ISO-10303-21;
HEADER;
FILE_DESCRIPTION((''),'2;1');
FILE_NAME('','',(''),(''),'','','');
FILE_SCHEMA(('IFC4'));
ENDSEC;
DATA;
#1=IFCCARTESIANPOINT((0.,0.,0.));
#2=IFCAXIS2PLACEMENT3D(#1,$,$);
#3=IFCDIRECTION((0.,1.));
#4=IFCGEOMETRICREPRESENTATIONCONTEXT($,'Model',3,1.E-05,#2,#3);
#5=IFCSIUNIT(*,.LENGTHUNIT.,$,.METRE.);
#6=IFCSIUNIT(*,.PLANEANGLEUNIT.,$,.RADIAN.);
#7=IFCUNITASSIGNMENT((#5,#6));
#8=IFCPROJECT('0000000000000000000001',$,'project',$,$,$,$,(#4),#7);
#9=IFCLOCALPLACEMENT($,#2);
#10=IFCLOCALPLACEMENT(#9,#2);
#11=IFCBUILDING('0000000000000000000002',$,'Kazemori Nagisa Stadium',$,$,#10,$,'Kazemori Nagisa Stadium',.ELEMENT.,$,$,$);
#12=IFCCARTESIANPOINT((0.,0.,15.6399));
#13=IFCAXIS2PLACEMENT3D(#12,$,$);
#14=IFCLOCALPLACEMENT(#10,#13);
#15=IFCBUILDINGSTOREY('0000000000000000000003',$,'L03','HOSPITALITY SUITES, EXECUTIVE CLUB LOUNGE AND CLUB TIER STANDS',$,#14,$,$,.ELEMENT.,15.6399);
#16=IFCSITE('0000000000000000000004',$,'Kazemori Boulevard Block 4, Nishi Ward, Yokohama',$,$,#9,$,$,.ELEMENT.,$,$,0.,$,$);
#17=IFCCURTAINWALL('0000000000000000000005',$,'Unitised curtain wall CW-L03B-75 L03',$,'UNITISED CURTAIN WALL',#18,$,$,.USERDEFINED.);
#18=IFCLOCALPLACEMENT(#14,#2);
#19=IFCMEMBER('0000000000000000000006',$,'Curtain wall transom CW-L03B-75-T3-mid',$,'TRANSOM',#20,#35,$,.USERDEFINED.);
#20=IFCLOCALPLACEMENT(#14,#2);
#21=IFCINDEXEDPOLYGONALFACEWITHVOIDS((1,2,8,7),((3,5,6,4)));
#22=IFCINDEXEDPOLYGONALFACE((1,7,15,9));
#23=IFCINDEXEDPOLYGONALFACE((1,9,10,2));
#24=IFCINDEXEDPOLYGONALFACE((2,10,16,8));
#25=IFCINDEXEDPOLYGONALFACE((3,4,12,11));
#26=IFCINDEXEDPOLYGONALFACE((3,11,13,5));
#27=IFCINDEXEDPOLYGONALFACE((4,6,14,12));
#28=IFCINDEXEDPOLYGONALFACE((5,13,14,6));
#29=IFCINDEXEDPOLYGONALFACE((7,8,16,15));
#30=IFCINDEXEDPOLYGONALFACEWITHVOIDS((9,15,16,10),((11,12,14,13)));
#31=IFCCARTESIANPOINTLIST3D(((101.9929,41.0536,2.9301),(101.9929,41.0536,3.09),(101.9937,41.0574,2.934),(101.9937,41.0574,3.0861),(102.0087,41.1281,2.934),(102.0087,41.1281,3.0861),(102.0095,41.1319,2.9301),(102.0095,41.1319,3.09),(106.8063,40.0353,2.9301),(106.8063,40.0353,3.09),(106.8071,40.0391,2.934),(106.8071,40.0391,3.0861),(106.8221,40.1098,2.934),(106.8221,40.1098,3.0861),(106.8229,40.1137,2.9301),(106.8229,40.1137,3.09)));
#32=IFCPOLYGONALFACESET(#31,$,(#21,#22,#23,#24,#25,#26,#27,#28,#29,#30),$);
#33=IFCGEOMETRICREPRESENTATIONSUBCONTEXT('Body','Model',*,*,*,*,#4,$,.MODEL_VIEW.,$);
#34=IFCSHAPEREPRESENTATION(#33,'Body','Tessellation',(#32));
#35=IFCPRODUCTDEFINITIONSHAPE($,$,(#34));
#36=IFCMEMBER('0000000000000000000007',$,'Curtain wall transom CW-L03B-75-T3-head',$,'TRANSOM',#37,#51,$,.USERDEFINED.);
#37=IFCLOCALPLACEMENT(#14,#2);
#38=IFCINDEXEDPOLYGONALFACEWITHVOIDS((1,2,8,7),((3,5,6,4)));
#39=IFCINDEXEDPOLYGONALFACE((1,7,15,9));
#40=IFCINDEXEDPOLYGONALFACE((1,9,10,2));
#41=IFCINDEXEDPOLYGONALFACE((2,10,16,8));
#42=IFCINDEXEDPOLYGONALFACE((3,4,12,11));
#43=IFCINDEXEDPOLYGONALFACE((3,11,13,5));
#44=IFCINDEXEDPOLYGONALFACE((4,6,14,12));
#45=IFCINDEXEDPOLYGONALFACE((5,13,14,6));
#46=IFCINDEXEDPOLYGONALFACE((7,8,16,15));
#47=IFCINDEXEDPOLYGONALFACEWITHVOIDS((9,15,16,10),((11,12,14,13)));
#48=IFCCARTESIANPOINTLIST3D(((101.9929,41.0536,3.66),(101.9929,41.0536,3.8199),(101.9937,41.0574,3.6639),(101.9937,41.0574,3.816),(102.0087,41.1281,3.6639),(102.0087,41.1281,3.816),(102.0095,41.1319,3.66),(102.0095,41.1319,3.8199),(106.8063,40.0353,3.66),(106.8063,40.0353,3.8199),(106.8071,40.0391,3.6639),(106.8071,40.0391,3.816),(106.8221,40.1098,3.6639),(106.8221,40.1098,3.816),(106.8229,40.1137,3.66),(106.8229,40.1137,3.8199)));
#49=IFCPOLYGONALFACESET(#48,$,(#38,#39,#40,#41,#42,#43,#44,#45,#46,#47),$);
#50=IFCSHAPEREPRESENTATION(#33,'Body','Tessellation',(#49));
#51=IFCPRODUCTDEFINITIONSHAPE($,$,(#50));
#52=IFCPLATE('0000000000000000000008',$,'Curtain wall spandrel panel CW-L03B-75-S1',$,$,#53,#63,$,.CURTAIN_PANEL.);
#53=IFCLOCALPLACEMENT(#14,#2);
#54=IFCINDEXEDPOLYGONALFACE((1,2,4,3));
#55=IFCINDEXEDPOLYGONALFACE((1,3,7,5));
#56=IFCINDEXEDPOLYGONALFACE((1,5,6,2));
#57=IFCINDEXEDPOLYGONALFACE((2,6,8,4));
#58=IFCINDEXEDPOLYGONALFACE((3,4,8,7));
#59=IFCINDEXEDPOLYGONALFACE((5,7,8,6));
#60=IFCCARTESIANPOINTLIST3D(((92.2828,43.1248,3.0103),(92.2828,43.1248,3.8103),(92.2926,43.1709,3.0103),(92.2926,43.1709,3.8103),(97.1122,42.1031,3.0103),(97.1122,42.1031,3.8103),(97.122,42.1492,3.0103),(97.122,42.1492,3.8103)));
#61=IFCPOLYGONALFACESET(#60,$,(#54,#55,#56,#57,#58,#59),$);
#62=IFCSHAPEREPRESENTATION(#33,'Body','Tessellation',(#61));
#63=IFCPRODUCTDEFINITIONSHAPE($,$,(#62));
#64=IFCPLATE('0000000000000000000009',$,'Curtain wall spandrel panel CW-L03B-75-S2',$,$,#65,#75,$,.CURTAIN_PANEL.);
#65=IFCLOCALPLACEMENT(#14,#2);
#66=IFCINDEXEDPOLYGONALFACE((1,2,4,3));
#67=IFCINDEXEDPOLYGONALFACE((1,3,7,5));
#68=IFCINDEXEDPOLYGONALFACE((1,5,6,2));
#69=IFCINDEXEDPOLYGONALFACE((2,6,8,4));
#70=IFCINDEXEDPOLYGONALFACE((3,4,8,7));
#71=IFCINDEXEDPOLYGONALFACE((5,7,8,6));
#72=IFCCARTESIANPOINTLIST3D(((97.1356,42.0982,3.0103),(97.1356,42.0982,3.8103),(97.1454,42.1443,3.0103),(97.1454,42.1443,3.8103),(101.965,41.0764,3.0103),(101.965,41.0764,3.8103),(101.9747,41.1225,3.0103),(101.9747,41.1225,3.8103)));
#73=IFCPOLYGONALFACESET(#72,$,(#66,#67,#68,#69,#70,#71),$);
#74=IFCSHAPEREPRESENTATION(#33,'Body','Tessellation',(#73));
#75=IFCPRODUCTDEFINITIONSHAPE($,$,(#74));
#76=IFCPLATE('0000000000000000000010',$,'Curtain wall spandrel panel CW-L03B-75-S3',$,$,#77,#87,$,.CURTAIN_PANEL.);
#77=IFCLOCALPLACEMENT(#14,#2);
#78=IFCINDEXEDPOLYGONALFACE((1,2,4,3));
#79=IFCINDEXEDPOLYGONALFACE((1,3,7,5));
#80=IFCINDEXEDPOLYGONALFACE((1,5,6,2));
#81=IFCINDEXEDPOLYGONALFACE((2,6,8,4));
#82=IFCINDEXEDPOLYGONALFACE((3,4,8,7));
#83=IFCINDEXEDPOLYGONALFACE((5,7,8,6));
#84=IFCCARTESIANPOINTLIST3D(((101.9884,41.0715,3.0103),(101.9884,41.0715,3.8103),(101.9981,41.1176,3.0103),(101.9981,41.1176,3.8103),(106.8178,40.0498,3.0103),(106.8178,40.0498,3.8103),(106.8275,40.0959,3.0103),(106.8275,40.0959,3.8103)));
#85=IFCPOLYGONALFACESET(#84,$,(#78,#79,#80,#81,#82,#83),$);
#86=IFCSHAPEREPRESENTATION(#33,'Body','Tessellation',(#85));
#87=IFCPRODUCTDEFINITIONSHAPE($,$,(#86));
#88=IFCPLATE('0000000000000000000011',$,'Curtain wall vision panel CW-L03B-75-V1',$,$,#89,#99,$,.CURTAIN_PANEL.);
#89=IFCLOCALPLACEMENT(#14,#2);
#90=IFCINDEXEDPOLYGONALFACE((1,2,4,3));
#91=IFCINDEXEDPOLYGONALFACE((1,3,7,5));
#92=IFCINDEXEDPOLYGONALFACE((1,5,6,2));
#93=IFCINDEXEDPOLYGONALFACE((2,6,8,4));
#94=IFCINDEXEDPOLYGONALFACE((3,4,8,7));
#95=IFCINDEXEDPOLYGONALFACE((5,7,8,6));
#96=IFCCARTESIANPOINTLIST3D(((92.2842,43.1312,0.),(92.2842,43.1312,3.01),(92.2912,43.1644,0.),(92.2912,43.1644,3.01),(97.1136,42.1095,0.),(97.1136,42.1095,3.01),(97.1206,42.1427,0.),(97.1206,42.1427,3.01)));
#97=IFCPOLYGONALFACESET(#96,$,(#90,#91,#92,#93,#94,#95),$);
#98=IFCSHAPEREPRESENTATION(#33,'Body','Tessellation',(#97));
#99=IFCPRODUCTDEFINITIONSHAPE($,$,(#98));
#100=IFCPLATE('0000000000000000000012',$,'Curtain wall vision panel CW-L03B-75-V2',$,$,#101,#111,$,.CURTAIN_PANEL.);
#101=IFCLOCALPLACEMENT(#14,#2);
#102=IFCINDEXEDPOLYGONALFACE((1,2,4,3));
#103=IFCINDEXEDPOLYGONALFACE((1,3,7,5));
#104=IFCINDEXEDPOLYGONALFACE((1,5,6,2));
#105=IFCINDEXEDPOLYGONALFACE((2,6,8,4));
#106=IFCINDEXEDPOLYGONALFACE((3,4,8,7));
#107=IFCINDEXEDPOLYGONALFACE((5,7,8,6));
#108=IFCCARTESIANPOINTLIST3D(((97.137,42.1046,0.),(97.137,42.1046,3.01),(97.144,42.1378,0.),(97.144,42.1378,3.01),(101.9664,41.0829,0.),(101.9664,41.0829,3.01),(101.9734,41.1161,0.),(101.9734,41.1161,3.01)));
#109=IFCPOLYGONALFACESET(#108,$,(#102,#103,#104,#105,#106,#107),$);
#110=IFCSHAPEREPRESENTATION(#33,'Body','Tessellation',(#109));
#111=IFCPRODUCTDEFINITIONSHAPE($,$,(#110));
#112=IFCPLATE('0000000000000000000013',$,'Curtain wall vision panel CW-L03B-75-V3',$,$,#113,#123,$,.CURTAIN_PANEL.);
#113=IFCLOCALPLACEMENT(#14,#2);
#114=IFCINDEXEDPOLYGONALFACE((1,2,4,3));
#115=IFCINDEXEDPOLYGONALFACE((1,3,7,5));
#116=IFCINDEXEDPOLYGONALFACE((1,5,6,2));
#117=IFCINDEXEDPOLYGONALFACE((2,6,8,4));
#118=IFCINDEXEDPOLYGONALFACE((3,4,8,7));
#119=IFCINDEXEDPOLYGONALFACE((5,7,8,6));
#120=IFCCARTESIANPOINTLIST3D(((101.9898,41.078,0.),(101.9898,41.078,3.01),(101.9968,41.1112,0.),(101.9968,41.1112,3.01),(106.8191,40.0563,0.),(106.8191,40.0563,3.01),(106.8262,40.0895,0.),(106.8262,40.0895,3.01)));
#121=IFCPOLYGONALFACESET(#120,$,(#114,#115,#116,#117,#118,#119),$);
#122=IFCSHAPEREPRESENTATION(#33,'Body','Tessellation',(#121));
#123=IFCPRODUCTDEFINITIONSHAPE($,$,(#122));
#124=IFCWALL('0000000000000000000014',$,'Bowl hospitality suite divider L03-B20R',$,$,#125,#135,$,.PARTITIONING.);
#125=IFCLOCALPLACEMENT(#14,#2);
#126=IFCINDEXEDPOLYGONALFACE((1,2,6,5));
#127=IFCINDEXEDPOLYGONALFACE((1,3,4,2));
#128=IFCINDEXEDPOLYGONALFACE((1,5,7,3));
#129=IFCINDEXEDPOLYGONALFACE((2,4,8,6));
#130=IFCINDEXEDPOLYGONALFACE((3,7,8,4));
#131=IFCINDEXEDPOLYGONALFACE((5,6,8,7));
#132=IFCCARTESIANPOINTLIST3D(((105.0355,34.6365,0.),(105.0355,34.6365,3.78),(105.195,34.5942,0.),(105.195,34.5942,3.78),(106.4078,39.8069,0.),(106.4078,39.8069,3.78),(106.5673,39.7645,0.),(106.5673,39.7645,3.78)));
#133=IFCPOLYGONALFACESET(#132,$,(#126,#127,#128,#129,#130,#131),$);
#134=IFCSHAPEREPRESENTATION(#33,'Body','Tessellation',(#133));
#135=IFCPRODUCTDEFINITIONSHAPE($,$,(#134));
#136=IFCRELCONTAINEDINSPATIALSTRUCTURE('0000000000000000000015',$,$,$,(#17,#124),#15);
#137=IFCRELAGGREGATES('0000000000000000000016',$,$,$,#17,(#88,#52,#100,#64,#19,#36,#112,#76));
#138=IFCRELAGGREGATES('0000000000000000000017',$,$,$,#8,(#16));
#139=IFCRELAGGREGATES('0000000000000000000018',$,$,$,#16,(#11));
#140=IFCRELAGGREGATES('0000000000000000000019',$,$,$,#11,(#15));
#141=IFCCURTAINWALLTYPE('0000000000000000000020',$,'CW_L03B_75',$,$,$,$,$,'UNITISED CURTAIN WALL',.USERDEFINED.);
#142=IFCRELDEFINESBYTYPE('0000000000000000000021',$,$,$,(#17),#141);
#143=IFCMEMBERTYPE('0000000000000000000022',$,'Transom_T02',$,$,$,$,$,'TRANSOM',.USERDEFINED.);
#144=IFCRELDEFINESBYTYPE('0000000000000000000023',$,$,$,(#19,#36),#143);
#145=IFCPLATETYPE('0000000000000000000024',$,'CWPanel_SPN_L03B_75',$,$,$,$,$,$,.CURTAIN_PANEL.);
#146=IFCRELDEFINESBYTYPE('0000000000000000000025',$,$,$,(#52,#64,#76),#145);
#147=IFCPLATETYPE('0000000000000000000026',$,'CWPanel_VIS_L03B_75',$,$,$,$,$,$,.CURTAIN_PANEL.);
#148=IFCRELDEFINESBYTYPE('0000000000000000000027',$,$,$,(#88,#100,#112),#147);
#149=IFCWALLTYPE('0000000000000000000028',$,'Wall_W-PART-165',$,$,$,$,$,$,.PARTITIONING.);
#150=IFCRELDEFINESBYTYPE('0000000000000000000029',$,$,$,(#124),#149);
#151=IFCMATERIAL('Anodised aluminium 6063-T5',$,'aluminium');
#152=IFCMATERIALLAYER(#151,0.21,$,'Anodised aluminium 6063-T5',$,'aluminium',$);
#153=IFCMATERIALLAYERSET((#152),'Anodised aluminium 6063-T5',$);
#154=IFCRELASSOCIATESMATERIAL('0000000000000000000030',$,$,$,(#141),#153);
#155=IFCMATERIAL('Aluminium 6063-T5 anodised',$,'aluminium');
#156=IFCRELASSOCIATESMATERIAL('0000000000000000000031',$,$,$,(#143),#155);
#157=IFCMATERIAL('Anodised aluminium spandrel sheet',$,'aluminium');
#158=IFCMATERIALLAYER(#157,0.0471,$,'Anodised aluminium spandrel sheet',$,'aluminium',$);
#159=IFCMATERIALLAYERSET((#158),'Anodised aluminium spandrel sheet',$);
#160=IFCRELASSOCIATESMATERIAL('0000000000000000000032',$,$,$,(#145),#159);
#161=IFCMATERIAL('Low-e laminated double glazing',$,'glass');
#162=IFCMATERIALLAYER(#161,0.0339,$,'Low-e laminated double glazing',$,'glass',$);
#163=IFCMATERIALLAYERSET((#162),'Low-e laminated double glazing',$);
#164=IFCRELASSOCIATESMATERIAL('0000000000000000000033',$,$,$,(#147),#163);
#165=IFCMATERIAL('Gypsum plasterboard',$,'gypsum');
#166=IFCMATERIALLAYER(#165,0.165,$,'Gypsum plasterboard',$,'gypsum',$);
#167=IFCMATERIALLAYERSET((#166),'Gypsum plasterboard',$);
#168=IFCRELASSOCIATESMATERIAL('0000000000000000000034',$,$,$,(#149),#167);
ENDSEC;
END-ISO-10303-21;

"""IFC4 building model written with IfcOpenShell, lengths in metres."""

from ifc_helpers import new_model, si_unit, direction, frame, frame_2d, origin, origin_2d, place, context, subcontext, project, spatial, rectangle, hollow_rectangle, extrude, material, layer, layer_set, material_profile, profile_set, type_object, element, aggregate, save


model = new_model("IFC4")

# Units and contexts
model_context = context("Model", 3, precision=1e-05, world=origin(), true_north=direction((0.0, 1.0)))
body_context = subcontext(model_context, "Body", "Model", "MODEL_VIEW")
ifc_project = project(units=[si_unit("LENGTHUNIT", "METRE"), si_unit("PLANEANGLEUNIT", "RADIAN")], contexts=[model_context])

# Site, building, storey
site_placement = place(None, origin())
site = spatial("IfcSite", under=ifc_project, at=site_placement, Name="Kazemori Boulevard Block 4, Nishi Ward, Yokohama", CompositionType="ELEMENT", RefElevation=0.0)
building_placement = place(site_placement, origin())
building = spatial("IfcBuilding", under=site, at=building_placement, Name="Kazemori Nagisa Stadium", LongName="Kazemori Nagisa Stadium", CompositionType="ELEMENT")
storey_placement = place(building_placement, frame((0.0, 0.0, 15.6399)))
storey = spatial("IfcBuildingStorey", under=building, at=storey_placement, Name="L03", Description="HOSPITALITY SUITES, EXECUTIVE CLUB LOUNGE AND CLUB TIER STANDS", CompositionType="ELEMENT", Elevation=15.6399)

# Shared definitions
ifc_material_1 = material(Name="Anodised aluminium 6063-T5", Category="aluminium")
ifc_layer_1 = layer(ifc_material_1, 0.21, Name="Anodised aluminium 6063-T5", Category="aluminium")
ifc_layer_set_1 = layer_set([ifc_layer_1], Name="Anodised aluminium 6063-T5")
curtain_wall_type = type_object("IfcCurtainWallType", Name="CW_L03B_75", ElementType="UNITISED CURTAIN WALL", PredefinedType="USERDEFINED", material=ifc_layer_set_1)
ifc_material_2 = material(Name="Aluminium 6063-T5 anodised", Category="aluminium")

# Curtain wall, members, plates
curtain_wall_1_placement = place(storey_placement, origin())
curtain_wall_1 = element("IfcCurtainWall", 1, at=curtain_wall_1_placement, inside=storey, type_object=curtain_wall_type, Name="Unitised curtain wall CW-L03B-75 L03", ObjectType="UNITISED CURTAIN WALL", PredefinedType="USERDEFINED")
ifc_material_profile_1 = material_profile(ifc_material_2, hollow_rectangle(XDim=0.0801, YDim=0.1599, WallThickness=0.0039, at=origin_2d()), Name="ALU-TRAN-80x160x4")
ifc_profile_set_1 = profile_set([ifc_material_profile_1], Name="Aluminium 6063-T5 anodised")
member_type_1 = type_object("IfcMemberType", Name="Transom_T02", ElementType="TRANSOM", PredefinedType="USERDEFINED", material=ifc_profile_set_1)
member_1_placement = place(storey_placement, frame((102.0012, 41.0928, 3.01), z_axis=(0.978347, -0.206973, 0.0), x_axis=(0.206973, 0.978347, 0.0)))
member_1 = element("IfcMember", 2, at=member_1_placement, type_object=member_type_1, Name="Curtain wall transom CW-L03B-75-T3-mid", ObjectType="TRANSOM", PredefinedType="USERDEFINED", context=body_context, shape_type="SweptSolid", body=[
    extrude(hollow_rectangle(XDim=0.0801, YDim=0.1599, WallThickness=0.0039, at=origin_2d()), origin(), (0.0, 0.0, 1.0), 4.9199),
])
member_2_placement = place(storey_placement, frame((102.0012, 41.0928, 3.74), z_axis=(0.978347, -0.206973, 0.0), x_axis=(0.206973, 0.978347, 0.0)))
member_2 = element("IfcMember", 3, at=member_2_placement, type_object=member_type_1, Name="Curtain wall transom CW-L03B-75-T3-head", ObjectType="TRANSOM", PredefinedType="USERDEFINED", context=body_context, shape_type="SweptSolid", body=[
    extrude(hollow_rectangle(XDim=0.0801, YDim=0.1599, WallThickness=0.0039, at=origin_2d()), origin(), (0.0, 0.0, 1.0), 4.9199),
])
ifc_material_3 = material(Name="Anodised aluminium spandrel sheet", Category="aluminium")
ifc_layer_2 = layer(ifc_material_3, 0.0471, Name="Anodised aluminium spandrel sheet", Category="aluminium")
ifc_layer_set_2 = layer_set([ifc_layer_2], Name="Anodised aluminium spandrel sheet")
plate_type_1 = type_object("IfcPlateType", Name="CWPanel_SPN_L03B_75", PredefinedType="CURTAIN_PANEL", material=ifc_layer_set_2)
plate_1_placement = place(storey_placement, frame((94.7024, 42.637, 3.0103), z_axis=(0.0, 0.0, 1.0), x_axis=(0.978345, -0.206981, 0.0)))
plate_1 = element("IfcPlate", 4, at=plate_1_placement, type_object=plate_type_1, Name="Curtain wall spandrel panel CW-L03B-75-S1", PredefinedType="CURTAIN_PANEL", context=body_context, shape_type="SweptSolid", body=[
    extrude(rectangle(XDim=4.9363, YDim=0.0471, at=origin_2d()), origin(), (0.0, 0.0, 1.0), 0.8),
])
plate_2_placement = place(storey_placement, frame((99.5552, 41.6104, 3.0103), z_axis=(0.0, 0.0, 1.0), x_axis=(0.978345, -0.206981, 0.0)))
plate_2 = element("IfcPlate", 5, at=plate_2_placement, type_object=plate_type_1, Name="Curtain wall spandrel panel CW-L03B-75-S2", PredefinedType="CURTAIN_PANEL", context=body_context, shape_type="SweptSolid", body=[
    extrude(rectangle(XDim=4.9363, YDim=0.0471, at=origin_2d()), origin(), (0.0, 0.0, 1.0), 0.8),
])
plate_3_placement = place(storey_placement, frame((104.408, 40.5837, 3.0103), z_axis=(0.0, 0.0, 1.0), x_axis=(0.978345, -0.206981, 0.0)))
plate_3 = element("IfcPlate", 6, at=plate_3_placement, type_object=plate_type_1, Name="Curtain wall spandrel panel CW-L03B-75-S3", PredefinedType="CURTAIN_PANEL", context=body_context, shape_type="SweptSolid", body=[
    extrude(rectangle(XDim=4.9363, YDim=0.0471, at=origin_2d()), origin(), (0.0, 0.0, 1.0), 0.8),
])
ifc_material_4 = material(Name="Low-e laminated double glazing", Category="glass")
ifc_layer_3 = layer(ifc_material_4, 0.0339, Name="Low-e laminated double glazing", Category="glass")
ifc_layer_set_3 = layer_set([ifc_layer_3], Name="Low-e laminated double glazing")
plate_type_2 = type_object("IfcPlateType", Name="CWPanel_VIS_L03B_75", PredefinedType="CURTAIN_PANEL", material=ifc_layer_set_3)
plate_4_placement = place(storey_placement, frame((94.7024, 42.637, 0.0), z_axis=(0.0, 0.0, 1.0), x_axis=(0.978345, -0.206981, 0.0)))
plate_4 = element("IfcPlate", 7, at=plate_4_placement, type_object=plate_type_2, Name="Curtain wall vision panel CW-L03B-75-V1", PredefinedType="CURTAIN_PANEL", context=body_context, shape_type="SweptSolid", body=[
    extrude(rectangle(XDim=4.9363, YDim=0.0339, at=origin_2d()), origin(), (0.0, 0.0, 1.0), 3.01),
])
plate_5_placement = place(storey_placement, frame((99.5552, 41.6104, 0.0), z_axis=(0.0, 0.0, 1.0), x_axis=(0.978345, -0.206981, 0.0)))
plate_5 = element("IfcPlate", 8, at=plate_5_placement, type_object=plate_type_2, Name="Curtain wall vision panel CW-L03B-75-V2", PredefinedType="CURTAIN_PANEL", context=body_context, shape_type="SweptSolid", body=[
    extrude(rectangle(XDim=4.9363, YDim=0.0339, at=origin_2d()), origin(), (0.0, 0.0, 1.0), 3.01),
])
plate_6_placement = place(storey_placement, frame((104.408, 40.5837, 0.0), z_axis=(0.0, 0.0, 1.0), x_axis=(0.978345, -0.206981, 0.0)))
plate_6 = element("IfcPlate", 9, at=plate_6_placement, type_object=plate_type_2, Name="Curtain wall vision panel CW-L03B-75-V3", PredefinedType="CURTAIN_PANEL", context=body_context, shape_type="SweptSolid", body=[
    extrude(rectangle(XDim=4.9363, YDim=0.0339, at=origin_2d()), origin(), (0.0, 0.0, 1.0), 3.01),
])
aggregate(curtain_wall_1, [plate_4, plate_1, plate_5, plate_2, member_1, member_2, plate_6, plate_3])

# Wall
ifc_material_5 = material(Name="Gypsum plasterboard", Category="gypsum")
ifc_layer_4 = layer(ifc_material_5, 0.165, Name="Gypsum plasterboard", Category="gypsum")
ifc_layer_set_4 = layer_set([ifc_layer_4], Name="Gypsum plasterboard")
wall_type = type_object("IfcWallType", Name="Wall_W-PART-165", PredefinedType="PARTITIONING", material=ifc_layer_set_4)
wall_placement = place(storey_placement, frame((105.1152, 34.6152, 0.0), z_axis=(0.0, 0.0, 1.0), x_axis=(0.256535, 0.966535, 0.0)))
element("IfcWall", 10, at=wall_placement, inside=storey, type_object=wall_type, Name="Bowl hospitality suite divider L03-B20R", PredefinedType="PARTITIONING", context=body_context, shape_type="SweptSolid", body=[
    extrude(rectangle(XDim=5.3494, YDim=0.165, at=frame_2d((2.6748, 0.0))), origin(), (0.0, 0.0, 1.0), 3.78),
])

save(model, "model.ifc")
